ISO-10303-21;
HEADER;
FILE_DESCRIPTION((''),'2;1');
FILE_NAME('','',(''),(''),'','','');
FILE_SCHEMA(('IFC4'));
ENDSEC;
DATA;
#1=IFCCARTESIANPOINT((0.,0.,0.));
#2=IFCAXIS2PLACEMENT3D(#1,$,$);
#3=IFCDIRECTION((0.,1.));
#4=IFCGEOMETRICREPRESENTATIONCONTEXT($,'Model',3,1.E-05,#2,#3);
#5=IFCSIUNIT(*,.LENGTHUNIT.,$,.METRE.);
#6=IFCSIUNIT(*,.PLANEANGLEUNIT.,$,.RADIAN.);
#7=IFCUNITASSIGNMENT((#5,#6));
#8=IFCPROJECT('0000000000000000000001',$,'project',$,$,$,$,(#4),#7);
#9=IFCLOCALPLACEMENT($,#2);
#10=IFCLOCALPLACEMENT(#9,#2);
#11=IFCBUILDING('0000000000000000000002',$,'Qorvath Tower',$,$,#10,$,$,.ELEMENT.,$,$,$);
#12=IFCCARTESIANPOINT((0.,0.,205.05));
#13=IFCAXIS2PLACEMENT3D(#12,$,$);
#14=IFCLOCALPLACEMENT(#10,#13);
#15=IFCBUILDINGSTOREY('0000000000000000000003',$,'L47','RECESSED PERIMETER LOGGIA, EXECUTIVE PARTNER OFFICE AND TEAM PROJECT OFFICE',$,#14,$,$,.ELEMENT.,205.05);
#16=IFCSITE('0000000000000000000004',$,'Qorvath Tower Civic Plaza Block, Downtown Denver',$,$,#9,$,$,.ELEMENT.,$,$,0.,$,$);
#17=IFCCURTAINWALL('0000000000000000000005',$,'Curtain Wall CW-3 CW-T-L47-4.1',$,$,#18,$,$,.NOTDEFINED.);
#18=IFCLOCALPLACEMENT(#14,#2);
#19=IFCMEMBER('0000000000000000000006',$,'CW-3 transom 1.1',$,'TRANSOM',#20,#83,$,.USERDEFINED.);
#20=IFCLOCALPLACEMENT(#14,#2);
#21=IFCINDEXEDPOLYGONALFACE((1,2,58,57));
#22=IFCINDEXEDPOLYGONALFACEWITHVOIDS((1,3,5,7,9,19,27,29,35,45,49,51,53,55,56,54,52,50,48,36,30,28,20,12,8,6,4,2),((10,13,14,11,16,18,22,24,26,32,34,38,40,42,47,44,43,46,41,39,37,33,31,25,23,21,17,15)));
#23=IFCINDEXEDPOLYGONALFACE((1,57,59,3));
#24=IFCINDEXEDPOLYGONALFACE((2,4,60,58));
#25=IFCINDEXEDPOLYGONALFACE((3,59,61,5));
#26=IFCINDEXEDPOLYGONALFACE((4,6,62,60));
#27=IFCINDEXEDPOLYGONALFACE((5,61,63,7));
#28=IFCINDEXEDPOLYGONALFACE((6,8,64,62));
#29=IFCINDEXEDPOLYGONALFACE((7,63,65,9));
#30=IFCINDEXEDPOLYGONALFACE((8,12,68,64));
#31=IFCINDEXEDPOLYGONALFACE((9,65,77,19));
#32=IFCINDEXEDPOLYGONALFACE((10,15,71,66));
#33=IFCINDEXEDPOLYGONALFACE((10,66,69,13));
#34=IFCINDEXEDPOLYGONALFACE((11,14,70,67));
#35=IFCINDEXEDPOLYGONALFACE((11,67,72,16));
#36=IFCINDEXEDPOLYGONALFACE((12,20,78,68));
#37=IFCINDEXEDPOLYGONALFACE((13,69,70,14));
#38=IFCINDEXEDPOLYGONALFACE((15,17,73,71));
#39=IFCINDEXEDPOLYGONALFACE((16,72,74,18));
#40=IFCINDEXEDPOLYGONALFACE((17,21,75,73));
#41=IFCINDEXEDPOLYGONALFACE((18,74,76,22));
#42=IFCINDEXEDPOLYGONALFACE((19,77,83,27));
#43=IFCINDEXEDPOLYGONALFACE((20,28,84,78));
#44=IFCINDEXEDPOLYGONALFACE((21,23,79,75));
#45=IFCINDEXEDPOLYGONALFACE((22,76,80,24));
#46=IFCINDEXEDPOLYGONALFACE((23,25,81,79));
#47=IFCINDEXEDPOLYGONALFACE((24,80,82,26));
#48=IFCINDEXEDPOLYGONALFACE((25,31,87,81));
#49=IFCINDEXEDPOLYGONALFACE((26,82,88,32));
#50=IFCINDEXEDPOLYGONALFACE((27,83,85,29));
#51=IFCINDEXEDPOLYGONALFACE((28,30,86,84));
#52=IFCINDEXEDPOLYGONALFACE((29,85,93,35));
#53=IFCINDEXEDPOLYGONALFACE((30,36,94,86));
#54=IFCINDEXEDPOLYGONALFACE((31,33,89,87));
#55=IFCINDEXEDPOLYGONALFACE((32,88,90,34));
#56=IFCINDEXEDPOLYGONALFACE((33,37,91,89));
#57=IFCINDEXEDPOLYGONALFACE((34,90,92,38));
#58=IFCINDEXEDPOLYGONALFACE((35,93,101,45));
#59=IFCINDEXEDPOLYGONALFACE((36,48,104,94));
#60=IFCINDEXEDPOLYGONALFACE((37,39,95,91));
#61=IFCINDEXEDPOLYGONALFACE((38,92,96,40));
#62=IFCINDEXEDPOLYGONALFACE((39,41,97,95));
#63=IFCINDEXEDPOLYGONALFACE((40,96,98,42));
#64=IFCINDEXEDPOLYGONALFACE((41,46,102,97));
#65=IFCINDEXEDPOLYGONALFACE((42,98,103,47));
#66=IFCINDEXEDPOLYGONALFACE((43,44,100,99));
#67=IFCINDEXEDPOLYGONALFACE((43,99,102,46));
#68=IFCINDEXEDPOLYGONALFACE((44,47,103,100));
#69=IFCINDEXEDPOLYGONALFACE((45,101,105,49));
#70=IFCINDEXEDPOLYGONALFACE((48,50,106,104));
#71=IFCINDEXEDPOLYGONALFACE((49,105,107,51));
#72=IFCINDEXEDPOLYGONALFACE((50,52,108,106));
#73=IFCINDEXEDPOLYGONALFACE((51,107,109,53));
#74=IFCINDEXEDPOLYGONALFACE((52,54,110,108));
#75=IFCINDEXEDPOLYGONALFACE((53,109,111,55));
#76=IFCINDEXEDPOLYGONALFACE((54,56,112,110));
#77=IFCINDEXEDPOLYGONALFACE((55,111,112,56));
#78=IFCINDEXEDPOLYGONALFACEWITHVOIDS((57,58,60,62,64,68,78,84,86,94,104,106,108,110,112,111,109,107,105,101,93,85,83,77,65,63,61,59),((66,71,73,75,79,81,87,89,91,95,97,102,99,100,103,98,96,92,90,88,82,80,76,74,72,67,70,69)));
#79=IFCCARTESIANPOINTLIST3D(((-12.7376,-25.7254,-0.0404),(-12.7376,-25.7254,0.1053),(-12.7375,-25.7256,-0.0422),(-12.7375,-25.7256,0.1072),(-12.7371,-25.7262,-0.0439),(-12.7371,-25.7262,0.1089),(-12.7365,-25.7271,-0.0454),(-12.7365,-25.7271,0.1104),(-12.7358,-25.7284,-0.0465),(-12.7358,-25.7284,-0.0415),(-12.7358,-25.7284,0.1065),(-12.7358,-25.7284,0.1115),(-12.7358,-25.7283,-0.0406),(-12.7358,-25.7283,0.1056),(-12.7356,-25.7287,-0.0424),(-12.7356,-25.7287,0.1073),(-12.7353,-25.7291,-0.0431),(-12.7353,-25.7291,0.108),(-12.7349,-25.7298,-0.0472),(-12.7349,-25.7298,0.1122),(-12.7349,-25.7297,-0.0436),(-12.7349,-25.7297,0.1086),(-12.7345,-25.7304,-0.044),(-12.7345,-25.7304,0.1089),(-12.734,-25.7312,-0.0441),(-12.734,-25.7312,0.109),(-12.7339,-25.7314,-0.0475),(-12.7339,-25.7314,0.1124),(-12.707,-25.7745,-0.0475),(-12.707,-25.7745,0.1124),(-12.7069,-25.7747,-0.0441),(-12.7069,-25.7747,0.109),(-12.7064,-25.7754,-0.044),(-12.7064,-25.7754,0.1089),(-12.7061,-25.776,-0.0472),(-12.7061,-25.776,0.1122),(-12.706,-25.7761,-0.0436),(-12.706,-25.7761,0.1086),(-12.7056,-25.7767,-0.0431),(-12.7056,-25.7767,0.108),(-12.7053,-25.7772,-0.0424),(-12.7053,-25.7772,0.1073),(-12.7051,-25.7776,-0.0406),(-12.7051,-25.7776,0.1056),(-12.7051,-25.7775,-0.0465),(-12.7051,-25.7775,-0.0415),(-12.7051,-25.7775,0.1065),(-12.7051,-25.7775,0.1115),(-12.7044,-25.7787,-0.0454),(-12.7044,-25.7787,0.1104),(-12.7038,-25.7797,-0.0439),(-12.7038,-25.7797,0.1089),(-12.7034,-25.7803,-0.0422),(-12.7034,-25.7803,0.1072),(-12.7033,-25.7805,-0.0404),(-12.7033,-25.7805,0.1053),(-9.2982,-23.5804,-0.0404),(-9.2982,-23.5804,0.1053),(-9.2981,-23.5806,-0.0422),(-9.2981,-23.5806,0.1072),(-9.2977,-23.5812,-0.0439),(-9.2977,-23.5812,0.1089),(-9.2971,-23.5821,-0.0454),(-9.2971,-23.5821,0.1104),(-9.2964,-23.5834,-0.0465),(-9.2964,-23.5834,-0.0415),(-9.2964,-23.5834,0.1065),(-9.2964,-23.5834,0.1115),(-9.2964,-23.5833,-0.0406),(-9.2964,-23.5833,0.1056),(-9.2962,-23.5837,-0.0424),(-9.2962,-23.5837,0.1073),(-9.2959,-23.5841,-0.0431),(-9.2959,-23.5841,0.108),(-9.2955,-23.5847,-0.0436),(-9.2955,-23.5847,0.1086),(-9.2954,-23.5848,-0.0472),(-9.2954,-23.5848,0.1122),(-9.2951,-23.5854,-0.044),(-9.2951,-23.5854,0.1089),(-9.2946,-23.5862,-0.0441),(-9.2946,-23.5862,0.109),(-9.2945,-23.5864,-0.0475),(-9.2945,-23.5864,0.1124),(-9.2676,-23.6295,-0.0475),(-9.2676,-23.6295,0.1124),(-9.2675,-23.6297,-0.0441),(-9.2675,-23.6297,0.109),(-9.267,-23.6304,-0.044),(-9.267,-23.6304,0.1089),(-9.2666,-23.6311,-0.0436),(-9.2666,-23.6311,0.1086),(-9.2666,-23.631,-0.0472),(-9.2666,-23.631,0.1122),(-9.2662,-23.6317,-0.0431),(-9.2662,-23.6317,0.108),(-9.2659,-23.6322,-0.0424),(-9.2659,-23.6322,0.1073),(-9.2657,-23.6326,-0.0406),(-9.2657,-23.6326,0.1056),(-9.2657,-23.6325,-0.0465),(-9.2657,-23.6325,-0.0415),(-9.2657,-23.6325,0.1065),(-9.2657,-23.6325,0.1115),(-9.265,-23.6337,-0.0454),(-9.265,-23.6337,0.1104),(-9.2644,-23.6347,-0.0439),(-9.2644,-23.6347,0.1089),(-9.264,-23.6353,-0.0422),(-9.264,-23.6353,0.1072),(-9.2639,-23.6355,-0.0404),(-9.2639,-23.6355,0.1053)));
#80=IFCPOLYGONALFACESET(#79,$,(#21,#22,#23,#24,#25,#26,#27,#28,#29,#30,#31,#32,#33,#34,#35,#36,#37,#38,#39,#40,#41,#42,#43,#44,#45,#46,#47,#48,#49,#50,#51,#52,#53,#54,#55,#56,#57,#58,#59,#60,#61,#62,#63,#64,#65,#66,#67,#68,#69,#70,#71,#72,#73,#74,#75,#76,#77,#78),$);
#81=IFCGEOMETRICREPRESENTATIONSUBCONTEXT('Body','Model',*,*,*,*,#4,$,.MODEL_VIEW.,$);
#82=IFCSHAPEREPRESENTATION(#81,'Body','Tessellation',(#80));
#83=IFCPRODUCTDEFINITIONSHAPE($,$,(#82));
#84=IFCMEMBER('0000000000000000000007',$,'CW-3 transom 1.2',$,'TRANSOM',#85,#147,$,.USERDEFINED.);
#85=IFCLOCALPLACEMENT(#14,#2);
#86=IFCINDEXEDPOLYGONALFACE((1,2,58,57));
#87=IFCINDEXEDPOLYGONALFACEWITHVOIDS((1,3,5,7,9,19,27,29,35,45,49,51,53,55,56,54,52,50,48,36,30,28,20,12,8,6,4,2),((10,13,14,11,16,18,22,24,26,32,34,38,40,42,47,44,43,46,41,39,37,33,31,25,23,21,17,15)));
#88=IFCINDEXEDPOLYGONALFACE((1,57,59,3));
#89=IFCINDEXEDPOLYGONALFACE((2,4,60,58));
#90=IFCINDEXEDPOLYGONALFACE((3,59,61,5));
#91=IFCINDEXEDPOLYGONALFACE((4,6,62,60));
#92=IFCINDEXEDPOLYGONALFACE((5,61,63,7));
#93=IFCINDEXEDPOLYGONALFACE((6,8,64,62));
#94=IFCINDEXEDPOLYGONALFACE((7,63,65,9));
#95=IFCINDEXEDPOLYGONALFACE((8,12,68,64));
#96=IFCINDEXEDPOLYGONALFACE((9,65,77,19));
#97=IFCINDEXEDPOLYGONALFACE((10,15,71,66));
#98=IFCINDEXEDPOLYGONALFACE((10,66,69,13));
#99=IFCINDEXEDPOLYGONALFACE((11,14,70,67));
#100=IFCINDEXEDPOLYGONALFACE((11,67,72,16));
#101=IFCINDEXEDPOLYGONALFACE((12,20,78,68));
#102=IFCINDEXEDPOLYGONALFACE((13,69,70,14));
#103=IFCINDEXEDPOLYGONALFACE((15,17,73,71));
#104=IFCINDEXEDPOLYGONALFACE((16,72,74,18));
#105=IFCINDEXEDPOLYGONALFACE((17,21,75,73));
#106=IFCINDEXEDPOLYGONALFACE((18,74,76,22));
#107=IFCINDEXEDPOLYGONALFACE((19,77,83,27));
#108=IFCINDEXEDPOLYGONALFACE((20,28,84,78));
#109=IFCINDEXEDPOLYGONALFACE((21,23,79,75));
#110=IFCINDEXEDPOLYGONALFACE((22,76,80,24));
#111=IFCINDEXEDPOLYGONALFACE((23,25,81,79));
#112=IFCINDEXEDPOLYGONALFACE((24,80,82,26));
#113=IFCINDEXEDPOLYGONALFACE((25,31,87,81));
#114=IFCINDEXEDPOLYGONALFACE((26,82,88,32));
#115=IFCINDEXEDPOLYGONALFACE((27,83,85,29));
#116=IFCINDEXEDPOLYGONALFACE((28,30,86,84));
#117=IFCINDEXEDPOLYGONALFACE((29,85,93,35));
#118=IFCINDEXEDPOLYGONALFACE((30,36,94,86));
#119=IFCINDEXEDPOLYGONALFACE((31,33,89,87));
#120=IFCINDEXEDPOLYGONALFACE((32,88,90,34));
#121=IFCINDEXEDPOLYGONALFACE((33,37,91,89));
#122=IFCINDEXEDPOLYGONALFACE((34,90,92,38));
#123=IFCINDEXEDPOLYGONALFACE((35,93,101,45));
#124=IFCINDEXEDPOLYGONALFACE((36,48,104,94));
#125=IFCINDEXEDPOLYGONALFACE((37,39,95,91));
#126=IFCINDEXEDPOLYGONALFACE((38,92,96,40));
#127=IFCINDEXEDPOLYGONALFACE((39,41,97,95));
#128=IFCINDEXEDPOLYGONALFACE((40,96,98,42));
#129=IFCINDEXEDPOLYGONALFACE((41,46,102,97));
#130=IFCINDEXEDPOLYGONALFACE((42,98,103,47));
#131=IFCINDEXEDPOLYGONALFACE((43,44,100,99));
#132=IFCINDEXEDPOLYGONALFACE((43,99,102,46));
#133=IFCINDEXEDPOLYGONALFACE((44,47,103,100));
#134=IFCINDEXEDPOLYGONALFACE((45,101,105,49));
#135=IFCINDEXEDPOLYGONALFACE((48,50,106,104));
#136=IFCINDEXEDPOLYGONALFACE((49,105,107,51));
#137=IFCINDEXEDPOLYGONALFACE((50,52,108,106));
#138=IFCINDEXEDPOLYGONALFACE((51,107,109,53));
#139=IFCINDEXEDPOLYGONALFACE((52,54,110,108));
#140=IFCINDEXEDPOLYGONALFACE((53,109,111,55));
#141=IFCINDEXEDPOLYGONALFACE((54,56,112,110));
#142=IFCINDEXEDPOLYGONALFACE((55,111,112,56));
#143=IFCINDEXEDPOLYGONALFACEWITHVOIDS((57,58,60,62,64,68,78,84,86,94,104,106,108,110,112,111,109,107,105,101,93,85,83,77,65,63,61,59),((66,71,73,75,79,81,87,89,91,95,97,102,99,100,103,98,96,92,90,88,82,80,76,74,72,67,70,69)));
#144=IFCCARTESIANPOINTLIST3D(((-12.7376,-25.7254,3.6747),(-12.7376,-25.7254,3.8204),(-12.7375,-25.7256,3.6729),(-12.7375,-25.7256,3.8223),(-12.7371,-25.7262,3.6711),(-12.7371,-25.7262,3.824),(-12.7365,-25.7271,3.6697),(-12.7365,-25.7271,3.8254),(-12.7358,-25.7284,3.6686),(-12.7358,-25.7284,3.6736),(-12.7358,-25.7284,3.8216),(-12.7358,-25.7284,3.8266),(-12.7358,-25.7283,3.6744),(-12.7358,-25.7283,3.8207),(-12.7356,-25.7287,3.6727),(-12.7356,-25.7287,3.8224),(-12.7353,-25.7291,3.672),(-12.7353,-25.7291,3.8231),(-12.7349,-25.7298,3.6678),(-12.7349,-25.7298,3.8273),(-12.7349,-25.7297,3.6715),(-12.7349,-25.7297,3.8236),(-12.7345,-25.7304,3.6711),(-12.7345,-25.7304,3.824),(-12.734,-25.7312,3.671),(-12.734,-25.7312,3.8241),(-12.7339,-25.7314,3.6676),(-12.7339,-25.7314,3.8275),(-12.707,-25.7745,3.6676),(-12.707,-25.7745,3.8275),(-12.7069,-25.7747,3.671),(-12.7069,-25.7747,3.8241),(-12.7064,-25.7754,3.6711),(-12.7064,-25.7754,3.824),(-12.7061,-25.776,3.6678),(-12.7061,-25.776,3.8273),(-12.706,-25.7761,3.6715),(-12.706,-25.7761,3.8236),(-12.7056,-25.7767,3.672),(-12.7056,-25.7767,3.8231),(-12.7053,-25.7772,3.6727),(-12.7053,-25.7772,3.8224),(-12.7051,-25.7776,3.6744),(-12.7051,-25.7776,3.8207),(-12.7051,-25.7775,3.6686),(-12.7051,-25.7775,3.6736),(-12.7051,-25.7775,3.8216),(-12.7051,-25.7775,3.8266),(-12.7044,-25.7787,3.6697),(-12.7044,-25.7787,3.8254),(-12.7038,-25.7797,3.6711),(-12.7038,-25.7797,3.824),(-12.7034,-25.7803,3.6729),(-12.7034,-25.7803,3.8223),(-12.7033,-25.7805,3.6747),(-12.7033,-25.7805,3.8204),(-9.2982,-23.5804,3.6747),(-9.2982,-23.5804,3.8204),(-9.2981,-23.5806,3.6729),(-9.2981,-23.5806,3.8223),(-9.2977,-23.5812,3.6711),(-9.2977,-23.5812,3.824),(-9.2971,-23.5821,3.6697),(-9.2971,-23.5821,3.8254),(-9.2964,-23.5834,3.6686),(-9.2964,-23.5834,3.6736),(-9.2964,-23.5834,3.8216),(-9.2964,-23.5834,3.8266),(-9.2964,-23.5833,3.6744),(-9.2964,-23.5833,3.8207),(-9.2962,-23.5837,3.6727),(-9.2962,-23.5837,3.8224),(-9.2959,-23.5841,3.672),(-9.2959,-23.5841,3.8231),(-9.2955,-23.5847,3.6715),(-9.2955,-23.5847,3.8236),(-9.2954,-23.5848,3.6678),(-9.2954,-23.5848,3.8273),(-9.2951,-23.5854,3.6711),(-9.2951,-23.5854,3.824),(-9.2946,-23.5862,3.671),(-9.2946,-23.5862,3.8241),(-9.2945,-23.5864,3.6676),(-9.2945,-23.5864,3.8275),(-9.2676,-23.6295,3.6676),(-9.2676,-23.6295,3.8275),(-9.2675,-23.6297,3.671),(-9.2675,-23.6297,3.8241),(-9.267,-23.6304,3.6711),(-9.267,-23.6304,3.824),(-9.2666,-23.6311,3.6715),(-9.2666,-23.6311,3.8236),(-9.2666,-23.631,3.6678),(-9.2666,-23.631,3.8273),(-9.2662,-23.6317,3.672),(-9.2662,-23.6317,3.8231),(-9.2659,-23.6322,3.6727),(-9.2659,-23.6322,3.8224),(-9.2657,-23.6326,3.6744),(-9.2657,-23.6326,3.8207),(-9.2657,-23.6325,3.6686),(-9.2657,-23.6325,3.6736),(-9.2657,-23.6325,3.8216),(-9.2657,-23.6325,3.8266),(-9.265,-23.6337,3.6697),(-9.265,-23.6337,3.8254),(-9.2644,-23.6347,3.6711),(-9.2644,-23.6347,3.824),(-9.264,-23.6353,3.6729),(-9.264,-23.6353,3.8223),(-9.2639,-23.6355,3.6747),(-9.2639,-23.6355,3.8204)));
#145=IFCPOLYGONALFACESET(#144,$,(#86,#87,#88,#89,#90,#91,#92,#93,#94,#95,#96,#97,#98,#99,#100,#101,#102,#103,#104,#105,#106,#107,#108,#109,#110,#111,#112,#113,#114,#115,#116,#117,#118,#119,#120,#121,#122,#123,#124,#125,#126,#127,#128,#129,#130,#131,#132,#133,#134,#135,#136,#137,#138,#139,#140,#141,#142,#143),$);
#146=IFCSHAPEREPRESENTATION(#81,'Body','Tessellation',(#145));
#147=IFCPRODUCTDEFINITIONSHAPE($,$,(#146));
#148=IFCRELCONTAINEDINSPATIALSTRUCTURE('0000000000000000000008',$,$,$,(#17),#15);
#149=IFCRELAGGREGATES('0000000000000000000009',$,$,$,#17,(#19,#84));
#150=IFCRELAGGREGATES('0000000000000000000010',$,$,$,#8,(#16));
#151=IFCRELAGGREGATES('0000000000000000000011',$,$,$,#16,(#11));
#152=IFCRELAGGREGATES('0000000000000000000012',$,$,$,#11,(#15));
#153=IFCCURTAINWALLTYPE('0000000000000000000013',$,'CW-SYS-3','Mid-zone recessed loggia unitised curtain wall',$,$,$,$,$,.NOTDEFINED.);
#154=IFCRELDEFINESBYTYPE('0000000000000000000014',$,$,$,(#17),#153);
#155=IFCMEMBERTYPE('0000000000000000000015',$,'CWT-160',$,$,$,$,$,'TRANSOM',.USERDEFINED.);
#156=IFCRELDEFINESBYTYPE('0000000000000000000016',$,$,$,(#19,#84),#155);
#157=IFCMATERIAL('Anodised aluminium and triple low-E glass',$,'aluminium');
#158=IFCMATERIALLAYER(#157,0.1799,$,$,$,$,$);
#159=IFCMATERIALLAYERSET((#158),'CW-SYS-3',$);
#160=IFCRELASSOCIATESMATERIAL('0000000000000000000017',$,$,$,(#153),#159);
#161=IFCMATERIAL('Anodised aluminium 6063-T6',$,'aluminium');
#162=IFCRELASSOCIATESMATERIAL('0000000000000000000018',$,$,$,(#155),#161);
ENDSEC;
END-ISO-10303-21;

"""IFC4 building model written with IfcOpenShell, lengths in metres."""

from ifc_helpers import new_model, si_unit, direction, frame, origin, origin_2d, place, context, subcontext, project, spatial, hollow_rectangle, extrude, material, layer, layer_set, material_profile, profile_set, type_object, element, aggregate, save


model = new_model("IFC4")

# Units and contexts
model_context = context("Model", 3, precision=1e-05, world=origin(), true_north=direction((0.0, 1.0)))
body_context = subcontext(model_context, "Body", "Model", "MODEL_VIEW")
ifc_project = project(units=[si_unit("LENGTHUNIT", "METRE"), si_unit("PLANEANGLEUNIT", "RADIAN")], contexts=[model_context])

# Site, building, storey
site_placement = place(None, origin())
site = spatial("IfcSite", under=ifc_project, at=site_placement, Name="Qorvath Tower Civic Plaza Block, Downtown Denver", CompositionType="ELEMENT", RefElevation=0.0)
building_placement = place(site_placement, origin())
building = spatial("IfcBuilding", under=site, at=building_placement, Name="Qorvath Tower", CompositionType="ELEMENT")
storey_placement = place(building_placement, frame((0.0, 0.0, 205.05)))
storey = spatial("IfcBuildingStorey", under=building, at=storey_placement, Name="L47", Description="RECESSED PERIMETER LOGGIA, EXECUTIVE PARTNER OFFICE AND TEAM PROJECT OFFICE", CompositionType="ELEMENT", Elevation=205.05)

# Shared definitions
ifc_material_1 = material(Name="Anodised aluminium and triple low-E glass", Category="aluminium")
ifc_layer_1 = layer(ifc_material_1, 0.1799)
ifc_layer_set_1 = layer_set([ifc_layer_1], Name="CW-SYS-3")
curtain_wall_type = type_object("IfcCurtainWallType", Name="CW-SYS-3", Description="Mid-zone recessed loggia unitised curtain wall", PredefinedType="NOTDEFINED", material=ifc_layer_set_1)

# Curtain wall
curtain_wall_1_placement = place(storey_placement, origin())
curtain_wall_1 = element("IfcCurtainWall", 1, at=curtain_wall_1_placement, inside=storey, type_object=curtain_wall_type, Name="Curtain Wall CW-3 CW-T-L47-4.1", PredefinedType="NOTDEFINED")

# Members
ifc_material_2 = material(Name="Anodised aluminium 6063-T6", Category="aluminium")
ifc_material_profile_1 = material_profile(ifc_material_2, hollow_rectangle(XDim=0.0649, YDim=0.1599, WallThickness=0.0034, InnerFilletRadius=0.0034, OuterFilletRadius=0.0071, at=origin_2d()), Name="CWT 160x65")
ifc_profile_set_1 = profile_set([ifc_material_profile_1], Name="Anodised aluminium 6063-T6")
member_type_1 = type_object("IfcMemberType", Name="CWT-160", ElementType="TRANSOM", PredefinedType="USERDEFINED", material=ifc_profile_set_1)
member_1_placement = place(storey_placement, frame((-12.7205, -25.7529, 0.0325), z_axis=(0.848512, 0.529176, 0.0), x_axis=(-0.529176, 0.848512, 0.0)))
member_1 = element("IfcMember", 2, at=member_1_placement, type_object=member_type_1, Name="CW-3 transom 1.1", ObjectType="TRANSOM", PredefinedType="USERDEFINED", context=body_context, shape_type="SweptSolid", body=[
    extrude(hollow_rectangle(XDim=0.0649, YDim=0.1599, WallThickness=0.0034, InnerFilletRadius=0.0034, OuterFilletRadius=0.0071, at=origin_2d()), origin(), (0.0, 0.0, 1.0), 4.0535),
])
member_2_placement = place(storey_placement, frame((-12.7205, -25.7529, 3.7476), z_axis=(0.848512, 0.529176, 0.0), x_axis=(-0.529176, 0.848512, 0.0)))
member_2 = element("IfcMember", 3, at=member_2_placement, type_object=member_type_1, Name="CW-3 transom 1.2", ObjectType="TRANSOM", PredefinedType="USERDEFINED", context=body_context, shape_type="SweptSolid", body=[
    extrude(hollow_rectangle(XDim=0.0649, YDim=0.1599, WallThickness=0.0034, InnerFilletRadius=0.0034, OuterFilletRadius=0.0071, at=origin_2d()), origin(), (0.0, 0.0, 1.0), 4.0535),
])

aggregate(curtain_wall_1, [member_1, member_2])

save(model, "model.ifc")
